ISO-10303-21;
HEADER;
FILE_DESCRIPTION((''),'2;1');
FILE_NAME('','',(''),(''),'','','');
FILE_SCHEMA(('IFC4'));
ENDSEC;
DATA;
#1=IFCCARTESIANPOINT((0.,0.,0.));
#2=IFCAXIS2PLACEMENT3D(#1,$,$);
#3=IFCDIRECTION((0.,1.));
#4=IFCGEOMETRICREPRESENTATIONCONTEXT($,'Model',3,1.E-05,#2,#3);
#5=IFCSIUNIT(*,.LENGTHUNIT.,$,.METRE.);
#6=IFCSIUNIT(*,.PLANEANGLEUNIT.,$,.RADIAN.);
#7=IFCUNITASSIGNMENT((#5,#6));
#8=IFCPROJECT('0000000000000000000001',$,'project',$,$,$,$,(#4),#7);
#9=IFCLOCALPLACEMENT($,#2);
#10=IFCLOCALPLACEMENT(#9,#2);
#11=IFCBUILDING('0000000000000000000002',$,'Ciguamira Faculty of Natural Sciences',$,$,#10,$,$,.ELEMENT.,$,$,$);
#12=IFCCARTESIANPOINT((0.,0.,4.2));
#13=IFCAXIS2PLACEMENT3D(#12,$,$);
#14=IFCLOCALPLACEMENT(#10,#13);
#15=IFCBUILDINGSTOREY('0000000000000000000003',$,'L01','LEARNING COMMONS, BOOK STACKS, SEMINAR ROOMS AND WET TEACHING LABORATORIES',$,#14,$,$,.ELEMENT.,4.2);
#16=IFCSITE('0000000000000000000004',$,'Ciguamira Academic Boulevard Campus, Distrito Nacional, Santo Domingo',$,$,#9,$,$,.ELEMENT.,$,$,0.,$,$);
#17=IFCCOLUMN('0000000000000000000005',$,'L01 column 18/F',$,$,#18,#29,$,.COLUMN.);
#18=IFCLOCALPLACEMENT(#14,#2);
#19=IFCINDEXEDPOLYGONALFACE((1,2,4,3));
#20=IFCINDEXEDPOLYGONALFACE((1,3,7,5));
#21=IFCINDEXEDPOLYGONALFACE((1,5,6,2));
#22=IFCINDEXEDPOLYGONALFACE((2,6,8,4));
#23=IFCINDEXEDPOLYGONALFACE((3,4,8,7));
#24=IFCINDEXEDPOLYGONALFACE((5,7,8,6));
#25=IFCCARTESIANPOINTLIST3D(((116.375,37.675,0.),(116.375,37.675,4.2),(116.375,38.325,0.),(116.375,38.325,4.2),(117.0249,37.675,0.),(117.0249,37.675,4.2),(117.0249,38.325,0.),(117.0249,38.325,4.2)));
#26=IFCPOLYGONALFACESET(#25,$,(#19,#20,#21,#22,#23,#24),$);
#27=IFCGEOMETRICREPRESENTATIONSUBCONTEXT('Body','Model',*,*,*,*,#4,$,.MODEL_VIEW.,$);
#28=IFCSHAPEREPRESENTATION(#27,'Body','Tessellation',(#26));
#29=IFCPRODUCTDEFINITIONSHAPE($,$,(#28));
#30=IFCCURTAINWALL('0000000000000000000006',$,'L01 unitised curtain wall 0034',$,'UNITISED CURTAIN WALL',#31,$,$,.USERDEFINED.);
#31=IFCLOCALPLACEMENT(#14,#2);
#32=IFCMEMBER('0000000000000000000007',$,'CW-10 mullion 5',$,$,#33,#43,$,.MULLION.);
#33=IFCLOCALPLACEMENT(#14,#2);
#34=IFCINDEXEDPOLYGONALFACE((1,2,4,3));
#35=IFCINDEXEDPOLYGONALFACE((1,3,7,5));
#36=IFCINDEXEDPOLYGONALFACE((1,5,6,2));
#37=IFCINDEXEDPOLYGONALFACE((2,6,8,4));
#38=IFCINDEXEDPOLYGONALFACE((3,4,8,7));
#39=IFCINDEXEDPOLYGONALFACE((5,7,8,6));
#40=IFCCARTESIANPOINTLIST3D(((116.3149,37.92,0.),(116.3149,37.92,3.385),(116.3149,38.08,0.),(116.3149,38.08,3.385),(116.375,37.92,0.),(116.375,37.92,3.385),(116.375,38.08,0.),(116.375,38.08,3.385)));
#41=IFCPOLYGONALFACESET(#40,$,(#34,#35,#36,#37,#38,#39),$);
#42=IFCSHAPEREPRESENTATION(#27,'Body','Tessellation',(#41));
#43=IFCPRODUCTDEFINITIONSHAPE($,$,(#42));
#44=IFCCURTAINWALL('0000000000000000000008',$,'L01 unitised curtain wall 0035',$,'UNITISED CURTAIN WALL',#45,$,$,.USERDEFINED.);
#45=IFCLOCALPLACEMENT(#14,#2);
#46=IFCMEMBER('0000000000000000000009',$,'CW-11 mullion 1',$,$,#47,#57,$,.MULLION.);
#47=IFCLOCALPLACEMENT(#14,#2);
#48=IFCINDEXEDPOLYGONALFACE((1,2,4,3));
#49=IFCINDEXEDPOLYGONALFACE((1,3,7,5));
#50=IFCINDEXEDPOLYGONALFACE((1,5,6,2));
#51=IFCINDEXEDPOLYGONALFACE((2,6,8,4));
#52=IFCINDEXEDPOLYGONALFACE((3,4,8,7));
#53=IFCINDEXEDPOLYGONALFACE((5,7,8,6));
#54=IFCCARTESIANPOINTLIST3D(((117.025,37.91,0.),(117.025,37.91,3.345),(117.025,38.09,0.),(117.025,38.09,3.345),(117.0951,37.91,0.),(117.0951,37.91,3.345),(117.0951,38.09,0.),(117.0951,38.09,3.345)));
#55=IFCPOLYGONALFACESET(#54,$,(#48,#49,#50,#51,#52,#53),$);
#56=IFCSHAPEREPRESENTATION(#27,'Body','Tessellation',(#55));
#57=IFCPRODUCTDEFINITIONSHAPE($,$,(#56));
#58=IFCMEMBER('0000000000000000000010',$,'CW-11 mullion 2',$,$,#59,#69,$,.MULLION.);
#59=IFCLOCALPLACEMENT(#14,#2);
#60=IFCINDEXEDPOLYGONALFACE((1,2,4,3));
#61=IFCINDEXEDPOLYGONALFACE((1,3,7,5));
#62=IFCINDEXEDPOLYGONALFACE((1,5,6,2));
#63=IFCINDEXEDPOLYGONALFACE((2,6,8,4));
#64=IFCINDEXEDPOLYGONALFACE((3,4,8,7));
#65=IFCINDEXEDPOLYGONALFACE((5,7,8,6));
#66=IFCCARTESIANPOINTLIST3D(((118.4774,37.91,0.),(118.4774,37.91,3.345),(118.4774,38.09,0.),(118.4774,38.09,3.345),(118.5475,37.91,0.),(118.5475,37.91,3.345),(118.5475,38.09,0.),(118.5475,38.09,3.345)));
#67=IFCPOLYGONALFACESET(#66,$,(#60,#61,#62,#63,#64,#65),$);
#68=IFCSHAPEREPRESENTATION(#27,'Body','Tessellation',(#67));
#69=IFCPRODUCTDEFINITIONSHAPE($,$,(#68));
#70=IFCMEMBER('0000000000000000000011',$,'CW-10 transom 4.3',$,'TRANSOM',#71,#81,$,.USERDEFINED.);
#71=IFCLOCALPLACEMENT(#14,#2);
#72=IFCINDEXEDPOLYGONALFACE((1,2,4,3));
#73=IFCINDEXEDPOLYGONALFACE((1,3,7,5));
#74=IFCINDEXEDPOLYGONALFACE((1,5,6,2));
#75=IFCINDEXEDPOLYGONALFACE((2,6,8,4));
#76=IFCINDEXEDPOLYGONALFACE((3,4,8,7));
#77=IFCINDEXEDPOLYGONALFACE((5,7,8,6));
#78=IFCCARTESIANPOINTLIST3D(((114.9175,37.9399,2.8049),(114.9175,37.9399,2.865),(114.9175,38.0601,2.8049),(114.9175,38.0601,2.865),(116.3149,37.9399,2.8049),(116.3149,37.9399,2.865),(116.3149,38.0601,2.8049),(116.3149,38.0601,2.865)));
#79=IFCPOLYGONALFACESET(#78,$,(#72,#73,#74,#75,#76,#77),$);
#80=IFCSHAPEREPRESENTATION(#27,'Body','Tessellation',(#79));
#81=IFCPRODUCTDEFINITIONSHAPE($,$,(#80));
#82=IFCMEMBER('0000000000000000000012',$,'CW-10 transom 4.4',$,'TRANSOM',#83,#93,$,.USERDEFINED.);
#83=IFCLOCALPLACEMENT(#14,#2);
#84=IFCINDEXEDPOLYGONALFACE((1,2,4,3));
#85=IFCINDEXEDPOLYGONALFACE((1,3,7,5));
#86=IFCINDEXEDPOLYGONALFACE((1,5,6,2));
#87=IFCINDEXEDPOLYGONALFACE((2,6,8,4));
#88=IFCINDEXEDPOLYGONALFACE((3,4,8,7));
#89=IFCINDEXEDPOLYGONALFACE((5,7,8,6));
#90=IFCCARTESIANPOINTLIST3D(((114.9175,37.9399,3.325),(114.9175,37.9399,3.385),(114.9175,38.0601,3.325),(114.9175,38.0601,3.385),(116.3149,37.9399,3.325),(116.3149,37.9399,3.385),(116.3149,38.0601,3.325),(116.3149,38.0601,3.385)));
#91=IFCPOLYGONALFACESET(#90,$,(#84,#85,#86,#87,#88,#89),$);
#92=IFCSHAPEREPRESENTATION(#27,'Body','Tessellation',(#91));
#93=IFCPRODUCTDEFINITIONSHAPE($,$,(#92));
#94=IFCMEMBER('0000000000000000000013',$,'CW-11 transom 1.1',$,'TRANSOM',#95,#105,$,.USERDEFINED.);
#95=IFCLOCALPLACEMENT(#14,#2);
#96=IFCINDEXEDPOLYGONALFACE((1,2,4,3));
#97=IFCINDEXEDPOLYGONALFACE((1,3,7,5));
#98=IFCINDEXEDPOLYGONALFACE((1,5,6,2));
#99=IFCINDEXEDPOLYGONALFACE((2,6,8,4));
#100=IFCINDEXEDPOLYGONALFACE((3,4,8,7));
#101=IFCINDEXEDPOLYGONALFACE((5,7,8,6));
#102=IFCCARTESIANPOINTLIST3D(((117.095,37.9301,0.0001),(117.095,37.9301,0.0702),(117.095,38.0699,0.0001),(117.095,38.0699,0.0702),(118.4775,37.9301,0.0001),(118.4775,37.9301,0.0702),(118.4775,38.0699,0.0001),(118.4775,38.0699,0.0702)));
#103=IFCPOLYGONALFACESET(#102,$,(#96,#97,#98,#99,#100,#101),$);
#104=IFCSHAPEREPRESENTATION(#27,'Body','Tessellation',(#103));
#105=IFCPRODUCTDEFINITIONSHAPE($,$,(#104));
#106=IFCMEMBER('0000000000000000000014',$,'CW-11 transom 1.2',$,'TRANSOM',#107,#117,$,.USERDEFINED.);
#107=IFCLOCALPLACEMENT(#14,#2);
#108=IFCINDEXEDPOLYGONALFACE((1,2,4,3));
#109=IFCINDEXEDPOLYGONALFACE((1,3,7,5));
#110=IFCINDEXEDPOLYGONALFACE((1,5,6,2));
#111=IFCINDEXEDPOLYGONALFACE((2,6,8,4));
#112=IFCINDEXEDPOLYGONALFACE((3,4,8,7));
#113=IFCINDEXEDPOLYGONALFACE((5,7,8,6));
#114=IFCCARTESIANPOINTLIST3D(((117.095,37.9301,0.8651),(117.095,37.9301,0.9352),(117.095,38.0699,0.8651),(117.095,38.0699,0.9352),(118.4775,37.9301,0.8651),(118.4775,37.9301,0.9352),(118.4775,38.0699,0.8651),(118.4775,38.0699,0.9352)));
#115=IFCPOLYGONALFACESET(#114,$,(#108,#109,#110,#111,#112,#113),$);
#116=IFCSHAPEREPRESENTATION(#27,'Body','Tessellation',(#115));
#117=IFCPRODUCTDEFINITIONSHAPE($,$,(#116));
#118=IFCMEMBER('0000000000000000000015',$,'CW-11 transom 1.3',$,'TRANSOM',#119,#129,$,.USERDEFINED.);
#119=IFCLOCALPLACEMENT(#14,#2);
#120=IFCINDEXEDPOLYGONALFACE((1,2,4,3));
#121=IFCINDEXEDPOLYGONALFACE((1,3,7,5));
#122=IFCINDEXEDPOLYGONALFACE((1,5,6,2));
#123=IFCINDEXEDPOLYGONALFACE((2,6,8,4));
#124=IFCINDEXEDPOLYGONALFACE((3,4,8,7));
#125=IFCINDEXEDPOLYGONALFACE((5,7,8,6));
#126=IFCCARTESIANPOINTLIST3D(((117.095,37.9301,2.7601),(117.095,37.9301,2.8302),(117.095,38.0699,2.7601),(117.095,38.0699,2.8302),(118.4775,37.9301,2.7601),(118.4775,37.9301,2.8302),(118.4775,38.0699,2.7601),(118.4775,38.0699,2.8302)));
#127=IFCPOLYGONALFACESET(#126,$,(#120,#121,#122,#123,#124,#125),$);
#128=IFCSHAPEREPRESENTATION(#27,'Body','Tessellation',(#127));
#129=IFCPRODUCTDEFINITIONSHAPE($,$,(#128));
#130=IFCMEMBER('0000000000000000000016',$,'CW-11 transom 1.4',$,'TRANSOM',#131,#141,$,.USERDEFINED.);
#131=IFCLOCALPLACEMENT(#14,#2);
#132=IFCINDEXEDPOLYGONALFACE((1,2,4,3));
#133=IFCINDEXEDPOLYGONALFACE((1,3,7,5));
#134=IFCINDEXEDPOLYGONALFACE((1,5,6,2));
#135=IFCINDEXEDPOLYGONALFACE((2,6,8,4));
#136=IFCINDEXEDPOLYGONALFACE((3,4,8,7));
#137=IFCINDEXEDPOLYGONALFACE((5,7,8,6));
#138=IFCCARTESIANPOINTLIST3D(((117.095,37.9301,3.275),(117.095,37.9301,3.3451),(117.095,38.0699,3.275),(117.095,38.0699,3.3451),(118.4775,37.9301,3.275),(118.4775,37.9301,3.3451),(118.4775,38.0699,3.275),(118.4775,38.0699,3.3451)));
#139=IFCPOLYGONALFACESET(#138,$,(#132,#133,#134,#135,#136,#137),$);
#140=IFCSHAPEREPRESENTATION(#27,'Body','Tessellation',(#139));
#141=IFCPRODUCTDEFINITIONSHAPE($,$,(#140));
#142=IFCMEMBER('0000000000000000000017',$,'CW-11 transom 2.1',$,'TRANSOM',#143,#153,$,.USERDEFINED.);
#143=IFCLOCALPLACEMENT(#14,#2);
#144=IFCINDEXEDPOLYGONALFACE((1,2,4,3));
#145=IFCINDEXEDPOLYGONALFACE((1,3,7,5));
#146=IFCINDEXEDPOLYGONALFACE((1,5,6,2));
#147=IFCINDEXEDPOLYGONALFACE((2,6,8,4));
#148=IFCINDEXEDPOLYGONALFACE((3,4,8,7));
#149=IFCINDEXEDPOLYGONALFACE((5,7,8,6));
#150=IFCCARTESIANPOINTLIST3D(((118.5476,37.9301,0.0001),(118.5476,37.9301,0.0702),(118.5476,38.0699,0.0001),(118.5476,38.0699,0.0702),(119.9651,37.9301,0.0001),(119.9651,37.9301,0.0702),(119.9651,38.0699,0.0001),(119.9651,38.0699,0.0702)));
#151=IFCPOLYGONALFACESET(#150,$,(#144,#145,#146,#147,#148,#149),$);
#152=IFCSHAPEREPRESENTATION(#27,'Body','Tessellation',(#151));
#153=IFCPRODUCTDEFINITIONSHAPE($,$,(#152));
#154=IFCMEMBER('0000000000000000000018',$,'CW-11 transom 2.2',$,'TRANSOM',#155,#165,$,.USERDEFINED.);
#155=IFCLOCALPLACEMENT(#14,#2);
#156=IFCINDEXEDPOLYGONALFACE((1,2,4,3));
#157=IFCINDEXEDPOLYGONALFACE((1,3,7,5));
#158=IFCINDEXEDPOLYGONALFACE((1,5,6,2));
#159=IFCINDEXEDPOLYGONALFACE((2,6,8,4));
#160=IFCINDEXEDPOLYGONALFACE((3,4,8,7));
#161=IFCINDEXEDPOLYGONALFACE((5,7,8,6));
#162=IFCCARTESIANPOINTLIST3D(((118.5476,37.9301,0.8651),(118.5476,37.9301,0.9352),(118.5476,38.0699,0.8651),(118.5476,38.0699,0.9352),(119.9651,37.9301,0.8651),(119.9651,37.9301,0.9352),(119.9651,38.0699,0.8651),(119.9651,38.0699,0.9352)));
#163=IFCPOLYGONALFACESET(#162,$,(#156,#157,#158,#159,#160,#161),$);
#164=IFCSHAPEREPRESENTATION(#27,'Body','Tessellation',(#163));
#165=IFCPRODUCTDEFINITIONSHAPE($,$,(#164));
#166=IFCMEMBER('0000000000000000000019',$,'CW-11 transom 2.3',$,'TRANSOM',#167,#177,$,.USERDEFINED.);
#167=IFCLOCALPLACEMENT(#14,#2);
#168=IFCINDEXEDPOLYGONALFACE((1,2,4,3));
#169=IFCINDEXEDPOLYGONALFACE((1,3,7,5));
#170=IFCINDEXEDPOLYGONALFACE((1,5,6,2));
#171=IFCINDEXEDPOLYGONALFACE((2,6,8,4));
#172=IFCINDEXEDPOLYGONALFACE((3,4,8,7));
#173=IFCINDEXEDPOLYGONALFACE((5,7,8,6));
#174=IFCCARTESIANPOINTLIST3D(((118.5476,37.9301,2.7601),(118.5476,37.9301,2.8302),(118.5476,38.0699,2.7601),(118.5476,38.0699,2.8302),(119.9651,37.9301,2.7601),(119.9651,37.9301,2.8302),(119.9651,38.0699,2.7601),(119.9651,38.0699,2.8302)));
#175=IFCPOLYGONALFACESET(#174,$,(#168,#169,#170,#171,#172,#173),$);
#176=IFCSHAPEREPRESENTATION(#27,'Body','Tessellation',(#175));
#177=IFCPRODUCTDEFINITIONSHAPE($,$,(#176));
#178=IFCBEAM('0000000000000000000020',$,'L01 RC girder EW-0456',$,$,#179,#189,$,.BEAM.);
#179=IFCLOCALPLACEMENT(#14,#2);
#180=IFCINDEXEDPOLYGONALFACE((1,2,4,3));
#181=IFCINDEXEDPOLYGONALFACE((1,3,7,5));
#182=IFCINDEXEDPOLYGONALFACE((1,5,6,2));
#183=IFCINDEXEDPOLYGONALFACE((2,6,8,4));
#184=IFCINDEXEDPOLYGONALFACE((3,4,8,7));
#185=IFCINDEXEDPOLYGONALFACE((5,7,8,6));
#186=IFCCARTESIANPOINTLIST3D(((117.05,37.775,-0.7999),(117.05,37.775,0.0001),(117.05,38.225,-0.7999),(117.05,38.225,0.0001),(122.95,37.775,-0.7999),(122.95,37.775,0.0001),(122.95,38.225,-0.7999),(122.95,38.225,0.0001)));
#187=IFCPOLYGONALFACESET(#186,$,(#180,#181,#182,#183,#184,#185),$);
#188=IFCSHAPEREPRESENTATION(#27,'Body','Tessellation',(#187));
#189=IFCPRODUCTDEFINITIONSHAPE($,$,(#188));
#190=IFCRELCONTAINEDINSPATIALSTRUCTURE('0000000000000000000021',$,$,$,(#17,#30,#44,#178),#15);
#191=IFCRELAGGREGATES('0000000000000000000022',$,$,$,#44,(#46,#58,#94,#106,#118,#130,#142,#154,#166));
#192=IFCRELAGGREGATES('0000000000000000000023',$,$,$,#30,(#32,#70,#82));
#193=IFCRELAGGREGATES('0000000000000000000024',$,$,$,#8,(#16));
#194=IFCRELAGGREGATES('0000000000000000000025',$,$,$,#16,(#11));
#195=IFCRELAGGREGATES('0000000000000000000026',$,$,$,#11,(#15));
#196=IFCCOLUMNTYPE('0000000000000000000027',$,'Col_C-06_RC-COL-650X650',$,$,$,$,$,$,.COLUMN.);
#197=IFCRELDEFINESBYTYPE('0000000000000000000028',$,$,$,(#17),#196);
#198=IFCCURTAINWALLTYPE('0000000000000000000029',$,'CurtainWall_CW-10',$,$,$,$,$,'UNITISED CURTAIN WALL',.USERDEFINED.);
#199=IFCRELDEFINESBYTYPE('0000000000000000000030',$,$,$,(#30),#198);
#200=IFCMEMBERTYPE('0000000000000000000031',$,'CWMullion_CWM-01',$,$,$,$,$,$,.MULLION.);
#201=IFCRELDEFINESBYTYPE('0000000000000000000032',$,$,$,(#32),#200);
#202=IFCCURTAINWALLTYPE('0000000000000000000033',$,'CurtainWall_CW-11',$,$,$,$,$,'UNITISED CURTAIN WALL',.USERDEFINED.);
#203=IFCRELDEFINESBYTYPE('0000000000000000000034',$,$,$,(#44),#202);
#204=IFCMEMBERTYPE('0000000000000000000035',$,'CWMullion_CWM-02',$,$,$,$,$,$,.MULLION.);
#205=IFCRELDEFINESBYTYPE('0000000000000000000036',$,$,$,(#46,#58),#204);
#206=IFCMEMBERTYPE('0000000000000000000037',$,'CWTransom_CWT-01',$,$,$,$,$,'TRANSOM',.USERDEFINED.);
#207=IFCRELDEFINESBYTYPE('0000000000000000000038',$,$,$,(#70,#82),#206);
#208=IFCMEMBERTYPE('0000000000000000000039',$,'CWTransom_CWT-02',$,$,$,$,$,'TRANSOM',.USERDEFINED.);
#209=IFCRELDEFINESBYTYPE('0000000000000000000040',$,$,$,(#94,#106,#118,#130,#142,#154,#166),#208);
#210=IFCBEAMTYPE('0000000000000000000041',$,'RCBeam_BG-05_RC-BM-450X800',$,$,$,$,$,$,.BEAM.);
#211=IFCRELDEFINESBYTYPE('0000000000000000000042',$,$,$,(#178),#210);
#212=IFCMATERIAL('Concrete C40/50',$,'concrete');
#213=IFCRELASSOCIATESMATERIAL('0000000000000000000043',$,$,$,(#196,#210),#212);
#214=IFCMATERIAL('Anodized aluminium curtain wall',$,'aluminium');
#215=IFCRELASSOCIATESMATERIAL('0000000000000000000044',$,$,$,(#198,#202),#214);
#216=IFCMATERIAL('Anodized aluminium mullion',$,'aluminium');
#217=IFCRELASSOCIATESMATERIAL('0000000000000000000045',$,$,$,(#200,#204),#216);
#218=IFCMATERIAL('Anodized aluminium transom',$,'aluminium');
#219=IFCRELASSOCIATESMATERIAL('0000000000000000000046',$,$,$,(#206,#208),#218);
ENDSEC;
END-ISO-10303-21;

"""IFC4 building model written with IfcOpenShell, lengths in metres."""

from ifc_helpers import new_model, si_unit, direction, frame, origin, origin_2d, place, context, subcontext, project, spatial, rectangle, extrude, material, material_profile, profile_set, type_object, element, aggregate, save


model = new_model("IFC4")

# Units and contexts
model_context = context("Model", 3, precision=1e-05, world=origin(), true_north=direction((0.0, 1.0)))
body_context = subcontext(model_context, "Body", "Model", "MODEL_VIEW")
ifc_project = project(units=[si_unit("LENGTHUNIT", "METRE"), si_unit("PLANEANGLEUNIT", "RADIAN")], contexts=[model_context])

# Site, building, storey
site_placement = place(None, origin())
site = spatial("IfcSite", under=ifc_project, at=site_placement, Name="Ciguamira Academic Boulevard Campus, Distrito Nacional, Santo Domingo", CompositionType="ELEMENT", RefElevation=0.0)
building_placement = place(site_placement, origin())
building = spatial("IfcBuilding", under=site, at=building_placement, Name="Ciguamira Faculty of Natural Sciences", CompositionType="ELEMENT")
storey_placement = place(building_placement, frame((0.0, 0.0, 4.2)))
storey = spatial("IfcBuildingStorey", under=building, at=storey_placement, Name="L01", Description="LEARNING COMMONS, BOOK STACKS, SEMINAR ROOMS AND WET TEACHING LABORATORIES", CompositionType="ELEMENT", Elevation=4.2)

# Column
ifc_material_1 = material(Name="Concrete C40/50", Category="concrete")
ifc_material_profile_1 = material_profile(ifc_material_1, rectangle(XDim=0.6499, YDim=0.6499, at=origin_2d()), Name="RC-COL-650X650")
ifc_profile_set_1 = profile_set([ifc_material_profile_1], Name="Concrete C40/50")
column_type = type_object("IfcColumnType", Name="Col_C-06_RC-COL-650X650", PredefinedType="COLUMN", material=ifc_profile_set_1)
column_placement = place(storey_placement, frame((116.7, 38.0, 0.0), z_axis=(0.0, 0.0, 1.0), x_axis=(1.0, 0.0, 0.0)))
element("IfcColumn", 1, at=column_placement, inside=storey, type_object=column_type, Name="L01 column 18/F", PredefinedType="COLUMN", context=body_context, shape_type="SweptSolid", body=[
    extrude(rectangle(XDim=0.6499, YDim=0.6499, at=origin_2d()), origin(), (0.0, 0.0, 1.0), 4.2),
])

# Curtain wall, member
ifc_material_2 = material(Name="Anodized aluminium curtain wall", Category="aluminium")
curtain_wall_type_1 = type_object("IfcCurtainWallType", Name="CurtainWall_CW-10", ElementType="UNITISED CURTAIN WALL", PredefinedType="USERDEFINED", material=ifc_material_2)
curtain_wall_1_placement = place(storey_placement, origin())
curtain_wall_1 = element("IfcCurtainWall", 2, at=curtain_wall_1_placement, inside=storey, type_object=curtain_wall_type_1, Name="L01 unitised curtain wall 0034", ObjectType="UNITISED CURTAIN WALL", PredefinedType="USERDEFINED")
ifc_material_3 = material(Name="Anodized aluminium mullion", Category="aluminium")
ifc_material_profile_2 = material_profile(ifc_material_3, rectangle(XDim=0.0601, YDim=0.1599, at=origin_2d()), Name="ALU-MUL-60X160")
ifc_profile_set_2 = profile_set([ifc_material_profile_2], Name="Anodized aluminium mullion")
member_type_1 = type_object("IfcMemberType", Name="CWMullion_CWM-01", PredefinedType="MULLION", material=ifc_profile_set_2)
member_1_placement = place(storey_placement, frame((116.345, 38.0, 0.0), z_axis=(0.0, 0.0, 1.0), x_axis=(1.0, 0.0, 0.0)))
member_1 = element("IfcMember", 3, at=member_1_placement, type_object=member_type_1, Name="CW-10 mullion 5", PredefinedType="MULLION", context=body_context, shape_type="SweptSolid", body=[
    extrude(rectangle(XDim=0.0601, YDim=0.1599, at=origin_2d()), origin(), (0.0, 0.0, 1.0), 3.385),
])

# Curtain wall, members
curtain_wall_type_2 = type_object("IfcCurtainWallType", Name="CurtainWall_CW-11", ElementType="UNITISED CURTAIN WALL", PredefinedType="USERDEFINED", material=ifc_material_2)
curtain_wall_2_placement = place(storey_placement, origin())
curtain_wall_2 = element("IfcCurtainWall", 4, at=curtain_wall_2_placement, inside=storey, type_object=curtain_wall_type_2, Name="L01 unitised curtain wall 0035", ObjectType="UNITISED CURTAIN WALL", PredefinedType="USERDEFINED")
ifc_material_profile_3 = material_profile(ifc_material_3, rectangle(XDim=0.0701, YDim=0.1799, at=origin_2d()), Name="ALU-MUL-70X180")
ifc_profile_set_3 = profile_set([ifc_material_profile_3], Name="Anodized aluminium mullion")
member_type_2 = type_object("IfcMemberType", Name="CWMullion_CWM-02", PredefinedType="MULLION", material=ifc_profile_set_3)
member_2_placement = place(storey_placement, frame((117.0601, 38.0, 0.0), z_axis=(0.0, 0.0, 1.0), x_axis=(1.0, 0.0, 0.0)))
member_2 = element("IfcMember", 5, at=member_2_placement, type_object=member_type_2, Name="CW-11 mullion 1", PredefinedType="MULLION", context=body_context, shape_type="SweptSolid", body=[
    extrude(rectangle(XDim=0.0701, YDim=0.1799, at=origin_2d()), origin(), (0.0, 0.0, 1.0), 3.345),
])
member_3_placement = place(storey_placement, frame((118.5125, 38.0, 0.0), z_axis=(0.0, 0.0, 1.0), x_axis=(1.0, 0.0, 0.0)))
member_3 = element("IfcMember", 6, at=member_3_placement, type_object=member_type_2, Name="CW-11 mullion 2", PredefinedType="MULLION", context=body_context, shape_type="SweptSolid", body=[
    extrude(rectangle(XDim=0.0701, YDim=0.1799, at=origin_2d()), origin(), (0.0, 0.0, 1.0), 3.345),
])

# Members
ifc_material_4 = material(Name="Anodized aluminium transom", Category="aluminium")
ifc_material_profile_4 = material_profile(ifc_material_4, rectangle(XDim=0.0601, YDim=0.1201, at=origin_2d()), Name="ALU-TRN-60X120")
ifc_profile_set_4 = profile_set([ifc_material_profile_4], Name="Anodized aluminium transom")
member_type_3 = type_object("IfcMemberType", Name="CWTransom_CWT-01", ElementType="TRANSOM", PredefinedType="USERDEFINED", material=ifc_profile_set_4)
member_4_placement = place(storey_placement, frame((114.9175, 38.0, 2.835), z_axis=(1.0, 0.0, 0.0), x_axis=(0.0, 0.0, 1.0)))
member_4 = element("IfcMember", 7, at=member_4_placement, type_object=member_type_3, Name="CW-10 transom 4.3", ObjectType="TRANSOM", PredefinedType="USERDEFINED", context=body_context, shape_type="SweptSolid", body=[
    extrude(rectangle(XDim=0.0601, YDim=0.1201, at=origin_2d()), origin(), (0.0, 0.0, 1.0), 1.3975),
])
member_5_placement = place(storey_placement, frame((114.9175, 38.0, 3.355), z_axis=(1.0, 0.0, 0.0), x_axis=(0.0, 0.0, 1.0)))
member_5 = element("IfcMember", 8, at=member_5_placement, type_object=member_type_3, Name="CW-10 transom 4.4", ObjectType="TRANSOM", PredefinedType="USERDEFINED", context=body_context, shape_type="SweptSolid", body=[
    extrude(rectangle(XDim=0.0601, YDim=0.1201, at=origin_2d()), origin(), (0.0, 0.0, 1.0), 1.3975),
])
ifc_material_profile_5 = material_profile(ifc_material_4, rectangle(XDim=0.0701, YDim=0.1399, at=origin_2d()), Name="ALU-TRN-70X140")
ifc_profile_set_5 = profile_set([ifc_material_profile_5], Name="Anodized aluminium transom")
member_type_4 = type_object("IfcMemberType", Name="CWTransom_CWT-02", ElementType="TRANSOM", PredefinedType="USERDEFINED", material=ifc_profile_set_5)
member_6_placement = place(storey_placement, frame((117.095, 38.0, 0.0352), z_axis=(1.0, 0.0, 0.0), x_axis=(0.0, 0.0, 1.0)))
member_6 = element("IfcMember", 9, at=member_6_placement, type_object=member_type_4, Name="CW-11 transom 1.1", ObjectType="TRANSOM", PredefinedType="USERDEFINED", context=body_context, shape_type="SweptSolid", body=[
    extrude(rectangle(XDim=0.0701, YDim=0.1399, at=origin_2d()), origin(), (0.0, 0.0, 1.0), 1.3826),
])
member_7_placement = place(storey_placement, frame((117.095, 38.0, 0.9001), z_axis=(1.0, 0.0, 0.0), x_axis=(0.0, 0.0, 1.0)))
member_7 = element("IfcMember", 10, at=member_7_placement, type_object=member_type_4, Name="CW-11 transom 1.2", ObjectType="TRANSOM", PredefinedType="USERDEFINED", context=body_context, shape_type="SweptSolid", body=[
    extrude(rectangle(XDim=0.0701, YDim=0.1399, at=origin_2d()), origin(), (0.0, 0.0, 1.0), 1.3826),
])
member_8_placement = place(storey_placement, frame((117.095, 38.0, 2.7952), z_axis=(1.0, 0.0, 0.0), x_axis=(0.0, 0.0, 1.0)))
member_8 = element("IfcMember", 11, at=member_8_placement, type_object=member_type_4, Name="CW-11 transom 1.3", ObjectType="TRANSOM", PredefinedType="USERDEFINED", context=body_context, shape_type="SweptSolid", body=[
    extrude(rectangle(XDim=0.0701, YDim=0.1399, at=origin_2d()), origin(), (0.0, 0.0, 1.0), 1.3826),
])
member_9_placement = place(storey_placement, frame((117.095, 38.0, 3.3101), z_axis=(1.0, 0.0, 0.0), x_axis=(0.0, 0.0, 1.0)))
member_9 = element("IfcMember", 12, at=member_9_placement, type_object=member_type_4, Name="CW-11 transom 1.4", ObjectType="TRANSOM", PredefinedType="USERDEFINED", context=body_context, shape_type="SweptSolid", body=[
    extrude(rectangle(XDim=0.0701, YDim=0.1399, at=origin_2d()), origin(), (0.0, 0.0, 1.0), 1.3826),
])
member_10_placement = place(storey_placement, frame((118.5476, 38.0, 0.0352), z_axis=(1.0, 0.0, 0.0), x_axis=(0.0, 0.0, 1.0)))
member_10 = element("IfcMember", 13, at=member_10_placement, type_object=member_type_4, Name="CW-11 transom 2.1", ObjectType="TRANSOM", PredefinedType="USERDEFINED", context=body_context, shape_type="SweptSolid", body=[
    extrude(rectangle(XDim=0.0701, YDim=0.1399, at=origin_2d()), origin(), (0.0, 0.0, 1.0), 1.4175),
])
member_11_placement = place(storey_placement, frame((118.5476, 38.0, 0.9001), z_axis=(1.0, 0.0, 0.0), x_axis=(0.0, 0.0, 1.0)))
member_11 = element("IfcMember", 14, at=member_11_placement, type_object=member_type_4, Name="CW-11 transom 2.2", ObjectType="TRANSOM", PredefinedType="USERDEFINED", context=body_context, shape_type="SweptSolid", body=[
    extrude(rectangle(XDim=0.0701, YDim=0.1399, at=origin_2d()), origin(), (0.0, 0.0, 1.0), 1.4175),
])
member_12_placement = place(storey_placement, frame((118.5476, 38.0, 2.7952), z_axis=(1.0, 0.0, 0.0), x_axis=(0.0, 0.0, 1.0)))
member_12 = element("IfcMember", 15, at=member_12_placement, type_object=member_type_4, Name="CW-11 transom 2.3", ObjectType="TRANSOM", PredefinedType="USERDEFINED", context=body_context, shape_type="SweptSolid", body=[
    extrude(rectangle(XDim=0.0701, YDim=0.1399, at=origin_2d()), origin(), (0.0, 0.0, 1.0), 1.4175),
])

# Beam
ifc_material_profile_6 = material_profile(ifc_material_1, rectangle(XDim=0.45, YDim=0.8, at=origin_2d()), Name="RC-BM-450X800")
ifc_profile_set_6 = profile_set([ifc_material_profile_6], Name="Concrete C40/50")
beam_type = type_object("IfcBeamType", Name="RCBeam_BG-05_RC-BM-450X800", PredefinedType="BEAM", material=ifc_profile_set_6)
beam_placement = place(storey_placement, frame((117.05, 38.0, -0.3999), z_axis=(1.0, 0.0, 0.0), x_axis=(0.0, 1.0, 0.0)))
element("IfcBeam", 16, at=beam_placement, inside=storey, type_object=beam_type, Name="L01 RC girder EW-0456", PredefinedType="BEAM", context=body_context, shape_type="SweptSolid", body=[
    extrude(rectangle(XDim=0.45, YDim=0.8, at=origin_2d()), origin(), (0.0, 0.0, 1.0), 5.8999),
])

aggregate(curtain_wall_2, [member_2, member_3, member_6, member_7, member_8, member_9, member_10, member_11, member_12])
aggregate(curtain_wall_1, [member_1, member_4, member_5])

save(model, "model.ifc")
